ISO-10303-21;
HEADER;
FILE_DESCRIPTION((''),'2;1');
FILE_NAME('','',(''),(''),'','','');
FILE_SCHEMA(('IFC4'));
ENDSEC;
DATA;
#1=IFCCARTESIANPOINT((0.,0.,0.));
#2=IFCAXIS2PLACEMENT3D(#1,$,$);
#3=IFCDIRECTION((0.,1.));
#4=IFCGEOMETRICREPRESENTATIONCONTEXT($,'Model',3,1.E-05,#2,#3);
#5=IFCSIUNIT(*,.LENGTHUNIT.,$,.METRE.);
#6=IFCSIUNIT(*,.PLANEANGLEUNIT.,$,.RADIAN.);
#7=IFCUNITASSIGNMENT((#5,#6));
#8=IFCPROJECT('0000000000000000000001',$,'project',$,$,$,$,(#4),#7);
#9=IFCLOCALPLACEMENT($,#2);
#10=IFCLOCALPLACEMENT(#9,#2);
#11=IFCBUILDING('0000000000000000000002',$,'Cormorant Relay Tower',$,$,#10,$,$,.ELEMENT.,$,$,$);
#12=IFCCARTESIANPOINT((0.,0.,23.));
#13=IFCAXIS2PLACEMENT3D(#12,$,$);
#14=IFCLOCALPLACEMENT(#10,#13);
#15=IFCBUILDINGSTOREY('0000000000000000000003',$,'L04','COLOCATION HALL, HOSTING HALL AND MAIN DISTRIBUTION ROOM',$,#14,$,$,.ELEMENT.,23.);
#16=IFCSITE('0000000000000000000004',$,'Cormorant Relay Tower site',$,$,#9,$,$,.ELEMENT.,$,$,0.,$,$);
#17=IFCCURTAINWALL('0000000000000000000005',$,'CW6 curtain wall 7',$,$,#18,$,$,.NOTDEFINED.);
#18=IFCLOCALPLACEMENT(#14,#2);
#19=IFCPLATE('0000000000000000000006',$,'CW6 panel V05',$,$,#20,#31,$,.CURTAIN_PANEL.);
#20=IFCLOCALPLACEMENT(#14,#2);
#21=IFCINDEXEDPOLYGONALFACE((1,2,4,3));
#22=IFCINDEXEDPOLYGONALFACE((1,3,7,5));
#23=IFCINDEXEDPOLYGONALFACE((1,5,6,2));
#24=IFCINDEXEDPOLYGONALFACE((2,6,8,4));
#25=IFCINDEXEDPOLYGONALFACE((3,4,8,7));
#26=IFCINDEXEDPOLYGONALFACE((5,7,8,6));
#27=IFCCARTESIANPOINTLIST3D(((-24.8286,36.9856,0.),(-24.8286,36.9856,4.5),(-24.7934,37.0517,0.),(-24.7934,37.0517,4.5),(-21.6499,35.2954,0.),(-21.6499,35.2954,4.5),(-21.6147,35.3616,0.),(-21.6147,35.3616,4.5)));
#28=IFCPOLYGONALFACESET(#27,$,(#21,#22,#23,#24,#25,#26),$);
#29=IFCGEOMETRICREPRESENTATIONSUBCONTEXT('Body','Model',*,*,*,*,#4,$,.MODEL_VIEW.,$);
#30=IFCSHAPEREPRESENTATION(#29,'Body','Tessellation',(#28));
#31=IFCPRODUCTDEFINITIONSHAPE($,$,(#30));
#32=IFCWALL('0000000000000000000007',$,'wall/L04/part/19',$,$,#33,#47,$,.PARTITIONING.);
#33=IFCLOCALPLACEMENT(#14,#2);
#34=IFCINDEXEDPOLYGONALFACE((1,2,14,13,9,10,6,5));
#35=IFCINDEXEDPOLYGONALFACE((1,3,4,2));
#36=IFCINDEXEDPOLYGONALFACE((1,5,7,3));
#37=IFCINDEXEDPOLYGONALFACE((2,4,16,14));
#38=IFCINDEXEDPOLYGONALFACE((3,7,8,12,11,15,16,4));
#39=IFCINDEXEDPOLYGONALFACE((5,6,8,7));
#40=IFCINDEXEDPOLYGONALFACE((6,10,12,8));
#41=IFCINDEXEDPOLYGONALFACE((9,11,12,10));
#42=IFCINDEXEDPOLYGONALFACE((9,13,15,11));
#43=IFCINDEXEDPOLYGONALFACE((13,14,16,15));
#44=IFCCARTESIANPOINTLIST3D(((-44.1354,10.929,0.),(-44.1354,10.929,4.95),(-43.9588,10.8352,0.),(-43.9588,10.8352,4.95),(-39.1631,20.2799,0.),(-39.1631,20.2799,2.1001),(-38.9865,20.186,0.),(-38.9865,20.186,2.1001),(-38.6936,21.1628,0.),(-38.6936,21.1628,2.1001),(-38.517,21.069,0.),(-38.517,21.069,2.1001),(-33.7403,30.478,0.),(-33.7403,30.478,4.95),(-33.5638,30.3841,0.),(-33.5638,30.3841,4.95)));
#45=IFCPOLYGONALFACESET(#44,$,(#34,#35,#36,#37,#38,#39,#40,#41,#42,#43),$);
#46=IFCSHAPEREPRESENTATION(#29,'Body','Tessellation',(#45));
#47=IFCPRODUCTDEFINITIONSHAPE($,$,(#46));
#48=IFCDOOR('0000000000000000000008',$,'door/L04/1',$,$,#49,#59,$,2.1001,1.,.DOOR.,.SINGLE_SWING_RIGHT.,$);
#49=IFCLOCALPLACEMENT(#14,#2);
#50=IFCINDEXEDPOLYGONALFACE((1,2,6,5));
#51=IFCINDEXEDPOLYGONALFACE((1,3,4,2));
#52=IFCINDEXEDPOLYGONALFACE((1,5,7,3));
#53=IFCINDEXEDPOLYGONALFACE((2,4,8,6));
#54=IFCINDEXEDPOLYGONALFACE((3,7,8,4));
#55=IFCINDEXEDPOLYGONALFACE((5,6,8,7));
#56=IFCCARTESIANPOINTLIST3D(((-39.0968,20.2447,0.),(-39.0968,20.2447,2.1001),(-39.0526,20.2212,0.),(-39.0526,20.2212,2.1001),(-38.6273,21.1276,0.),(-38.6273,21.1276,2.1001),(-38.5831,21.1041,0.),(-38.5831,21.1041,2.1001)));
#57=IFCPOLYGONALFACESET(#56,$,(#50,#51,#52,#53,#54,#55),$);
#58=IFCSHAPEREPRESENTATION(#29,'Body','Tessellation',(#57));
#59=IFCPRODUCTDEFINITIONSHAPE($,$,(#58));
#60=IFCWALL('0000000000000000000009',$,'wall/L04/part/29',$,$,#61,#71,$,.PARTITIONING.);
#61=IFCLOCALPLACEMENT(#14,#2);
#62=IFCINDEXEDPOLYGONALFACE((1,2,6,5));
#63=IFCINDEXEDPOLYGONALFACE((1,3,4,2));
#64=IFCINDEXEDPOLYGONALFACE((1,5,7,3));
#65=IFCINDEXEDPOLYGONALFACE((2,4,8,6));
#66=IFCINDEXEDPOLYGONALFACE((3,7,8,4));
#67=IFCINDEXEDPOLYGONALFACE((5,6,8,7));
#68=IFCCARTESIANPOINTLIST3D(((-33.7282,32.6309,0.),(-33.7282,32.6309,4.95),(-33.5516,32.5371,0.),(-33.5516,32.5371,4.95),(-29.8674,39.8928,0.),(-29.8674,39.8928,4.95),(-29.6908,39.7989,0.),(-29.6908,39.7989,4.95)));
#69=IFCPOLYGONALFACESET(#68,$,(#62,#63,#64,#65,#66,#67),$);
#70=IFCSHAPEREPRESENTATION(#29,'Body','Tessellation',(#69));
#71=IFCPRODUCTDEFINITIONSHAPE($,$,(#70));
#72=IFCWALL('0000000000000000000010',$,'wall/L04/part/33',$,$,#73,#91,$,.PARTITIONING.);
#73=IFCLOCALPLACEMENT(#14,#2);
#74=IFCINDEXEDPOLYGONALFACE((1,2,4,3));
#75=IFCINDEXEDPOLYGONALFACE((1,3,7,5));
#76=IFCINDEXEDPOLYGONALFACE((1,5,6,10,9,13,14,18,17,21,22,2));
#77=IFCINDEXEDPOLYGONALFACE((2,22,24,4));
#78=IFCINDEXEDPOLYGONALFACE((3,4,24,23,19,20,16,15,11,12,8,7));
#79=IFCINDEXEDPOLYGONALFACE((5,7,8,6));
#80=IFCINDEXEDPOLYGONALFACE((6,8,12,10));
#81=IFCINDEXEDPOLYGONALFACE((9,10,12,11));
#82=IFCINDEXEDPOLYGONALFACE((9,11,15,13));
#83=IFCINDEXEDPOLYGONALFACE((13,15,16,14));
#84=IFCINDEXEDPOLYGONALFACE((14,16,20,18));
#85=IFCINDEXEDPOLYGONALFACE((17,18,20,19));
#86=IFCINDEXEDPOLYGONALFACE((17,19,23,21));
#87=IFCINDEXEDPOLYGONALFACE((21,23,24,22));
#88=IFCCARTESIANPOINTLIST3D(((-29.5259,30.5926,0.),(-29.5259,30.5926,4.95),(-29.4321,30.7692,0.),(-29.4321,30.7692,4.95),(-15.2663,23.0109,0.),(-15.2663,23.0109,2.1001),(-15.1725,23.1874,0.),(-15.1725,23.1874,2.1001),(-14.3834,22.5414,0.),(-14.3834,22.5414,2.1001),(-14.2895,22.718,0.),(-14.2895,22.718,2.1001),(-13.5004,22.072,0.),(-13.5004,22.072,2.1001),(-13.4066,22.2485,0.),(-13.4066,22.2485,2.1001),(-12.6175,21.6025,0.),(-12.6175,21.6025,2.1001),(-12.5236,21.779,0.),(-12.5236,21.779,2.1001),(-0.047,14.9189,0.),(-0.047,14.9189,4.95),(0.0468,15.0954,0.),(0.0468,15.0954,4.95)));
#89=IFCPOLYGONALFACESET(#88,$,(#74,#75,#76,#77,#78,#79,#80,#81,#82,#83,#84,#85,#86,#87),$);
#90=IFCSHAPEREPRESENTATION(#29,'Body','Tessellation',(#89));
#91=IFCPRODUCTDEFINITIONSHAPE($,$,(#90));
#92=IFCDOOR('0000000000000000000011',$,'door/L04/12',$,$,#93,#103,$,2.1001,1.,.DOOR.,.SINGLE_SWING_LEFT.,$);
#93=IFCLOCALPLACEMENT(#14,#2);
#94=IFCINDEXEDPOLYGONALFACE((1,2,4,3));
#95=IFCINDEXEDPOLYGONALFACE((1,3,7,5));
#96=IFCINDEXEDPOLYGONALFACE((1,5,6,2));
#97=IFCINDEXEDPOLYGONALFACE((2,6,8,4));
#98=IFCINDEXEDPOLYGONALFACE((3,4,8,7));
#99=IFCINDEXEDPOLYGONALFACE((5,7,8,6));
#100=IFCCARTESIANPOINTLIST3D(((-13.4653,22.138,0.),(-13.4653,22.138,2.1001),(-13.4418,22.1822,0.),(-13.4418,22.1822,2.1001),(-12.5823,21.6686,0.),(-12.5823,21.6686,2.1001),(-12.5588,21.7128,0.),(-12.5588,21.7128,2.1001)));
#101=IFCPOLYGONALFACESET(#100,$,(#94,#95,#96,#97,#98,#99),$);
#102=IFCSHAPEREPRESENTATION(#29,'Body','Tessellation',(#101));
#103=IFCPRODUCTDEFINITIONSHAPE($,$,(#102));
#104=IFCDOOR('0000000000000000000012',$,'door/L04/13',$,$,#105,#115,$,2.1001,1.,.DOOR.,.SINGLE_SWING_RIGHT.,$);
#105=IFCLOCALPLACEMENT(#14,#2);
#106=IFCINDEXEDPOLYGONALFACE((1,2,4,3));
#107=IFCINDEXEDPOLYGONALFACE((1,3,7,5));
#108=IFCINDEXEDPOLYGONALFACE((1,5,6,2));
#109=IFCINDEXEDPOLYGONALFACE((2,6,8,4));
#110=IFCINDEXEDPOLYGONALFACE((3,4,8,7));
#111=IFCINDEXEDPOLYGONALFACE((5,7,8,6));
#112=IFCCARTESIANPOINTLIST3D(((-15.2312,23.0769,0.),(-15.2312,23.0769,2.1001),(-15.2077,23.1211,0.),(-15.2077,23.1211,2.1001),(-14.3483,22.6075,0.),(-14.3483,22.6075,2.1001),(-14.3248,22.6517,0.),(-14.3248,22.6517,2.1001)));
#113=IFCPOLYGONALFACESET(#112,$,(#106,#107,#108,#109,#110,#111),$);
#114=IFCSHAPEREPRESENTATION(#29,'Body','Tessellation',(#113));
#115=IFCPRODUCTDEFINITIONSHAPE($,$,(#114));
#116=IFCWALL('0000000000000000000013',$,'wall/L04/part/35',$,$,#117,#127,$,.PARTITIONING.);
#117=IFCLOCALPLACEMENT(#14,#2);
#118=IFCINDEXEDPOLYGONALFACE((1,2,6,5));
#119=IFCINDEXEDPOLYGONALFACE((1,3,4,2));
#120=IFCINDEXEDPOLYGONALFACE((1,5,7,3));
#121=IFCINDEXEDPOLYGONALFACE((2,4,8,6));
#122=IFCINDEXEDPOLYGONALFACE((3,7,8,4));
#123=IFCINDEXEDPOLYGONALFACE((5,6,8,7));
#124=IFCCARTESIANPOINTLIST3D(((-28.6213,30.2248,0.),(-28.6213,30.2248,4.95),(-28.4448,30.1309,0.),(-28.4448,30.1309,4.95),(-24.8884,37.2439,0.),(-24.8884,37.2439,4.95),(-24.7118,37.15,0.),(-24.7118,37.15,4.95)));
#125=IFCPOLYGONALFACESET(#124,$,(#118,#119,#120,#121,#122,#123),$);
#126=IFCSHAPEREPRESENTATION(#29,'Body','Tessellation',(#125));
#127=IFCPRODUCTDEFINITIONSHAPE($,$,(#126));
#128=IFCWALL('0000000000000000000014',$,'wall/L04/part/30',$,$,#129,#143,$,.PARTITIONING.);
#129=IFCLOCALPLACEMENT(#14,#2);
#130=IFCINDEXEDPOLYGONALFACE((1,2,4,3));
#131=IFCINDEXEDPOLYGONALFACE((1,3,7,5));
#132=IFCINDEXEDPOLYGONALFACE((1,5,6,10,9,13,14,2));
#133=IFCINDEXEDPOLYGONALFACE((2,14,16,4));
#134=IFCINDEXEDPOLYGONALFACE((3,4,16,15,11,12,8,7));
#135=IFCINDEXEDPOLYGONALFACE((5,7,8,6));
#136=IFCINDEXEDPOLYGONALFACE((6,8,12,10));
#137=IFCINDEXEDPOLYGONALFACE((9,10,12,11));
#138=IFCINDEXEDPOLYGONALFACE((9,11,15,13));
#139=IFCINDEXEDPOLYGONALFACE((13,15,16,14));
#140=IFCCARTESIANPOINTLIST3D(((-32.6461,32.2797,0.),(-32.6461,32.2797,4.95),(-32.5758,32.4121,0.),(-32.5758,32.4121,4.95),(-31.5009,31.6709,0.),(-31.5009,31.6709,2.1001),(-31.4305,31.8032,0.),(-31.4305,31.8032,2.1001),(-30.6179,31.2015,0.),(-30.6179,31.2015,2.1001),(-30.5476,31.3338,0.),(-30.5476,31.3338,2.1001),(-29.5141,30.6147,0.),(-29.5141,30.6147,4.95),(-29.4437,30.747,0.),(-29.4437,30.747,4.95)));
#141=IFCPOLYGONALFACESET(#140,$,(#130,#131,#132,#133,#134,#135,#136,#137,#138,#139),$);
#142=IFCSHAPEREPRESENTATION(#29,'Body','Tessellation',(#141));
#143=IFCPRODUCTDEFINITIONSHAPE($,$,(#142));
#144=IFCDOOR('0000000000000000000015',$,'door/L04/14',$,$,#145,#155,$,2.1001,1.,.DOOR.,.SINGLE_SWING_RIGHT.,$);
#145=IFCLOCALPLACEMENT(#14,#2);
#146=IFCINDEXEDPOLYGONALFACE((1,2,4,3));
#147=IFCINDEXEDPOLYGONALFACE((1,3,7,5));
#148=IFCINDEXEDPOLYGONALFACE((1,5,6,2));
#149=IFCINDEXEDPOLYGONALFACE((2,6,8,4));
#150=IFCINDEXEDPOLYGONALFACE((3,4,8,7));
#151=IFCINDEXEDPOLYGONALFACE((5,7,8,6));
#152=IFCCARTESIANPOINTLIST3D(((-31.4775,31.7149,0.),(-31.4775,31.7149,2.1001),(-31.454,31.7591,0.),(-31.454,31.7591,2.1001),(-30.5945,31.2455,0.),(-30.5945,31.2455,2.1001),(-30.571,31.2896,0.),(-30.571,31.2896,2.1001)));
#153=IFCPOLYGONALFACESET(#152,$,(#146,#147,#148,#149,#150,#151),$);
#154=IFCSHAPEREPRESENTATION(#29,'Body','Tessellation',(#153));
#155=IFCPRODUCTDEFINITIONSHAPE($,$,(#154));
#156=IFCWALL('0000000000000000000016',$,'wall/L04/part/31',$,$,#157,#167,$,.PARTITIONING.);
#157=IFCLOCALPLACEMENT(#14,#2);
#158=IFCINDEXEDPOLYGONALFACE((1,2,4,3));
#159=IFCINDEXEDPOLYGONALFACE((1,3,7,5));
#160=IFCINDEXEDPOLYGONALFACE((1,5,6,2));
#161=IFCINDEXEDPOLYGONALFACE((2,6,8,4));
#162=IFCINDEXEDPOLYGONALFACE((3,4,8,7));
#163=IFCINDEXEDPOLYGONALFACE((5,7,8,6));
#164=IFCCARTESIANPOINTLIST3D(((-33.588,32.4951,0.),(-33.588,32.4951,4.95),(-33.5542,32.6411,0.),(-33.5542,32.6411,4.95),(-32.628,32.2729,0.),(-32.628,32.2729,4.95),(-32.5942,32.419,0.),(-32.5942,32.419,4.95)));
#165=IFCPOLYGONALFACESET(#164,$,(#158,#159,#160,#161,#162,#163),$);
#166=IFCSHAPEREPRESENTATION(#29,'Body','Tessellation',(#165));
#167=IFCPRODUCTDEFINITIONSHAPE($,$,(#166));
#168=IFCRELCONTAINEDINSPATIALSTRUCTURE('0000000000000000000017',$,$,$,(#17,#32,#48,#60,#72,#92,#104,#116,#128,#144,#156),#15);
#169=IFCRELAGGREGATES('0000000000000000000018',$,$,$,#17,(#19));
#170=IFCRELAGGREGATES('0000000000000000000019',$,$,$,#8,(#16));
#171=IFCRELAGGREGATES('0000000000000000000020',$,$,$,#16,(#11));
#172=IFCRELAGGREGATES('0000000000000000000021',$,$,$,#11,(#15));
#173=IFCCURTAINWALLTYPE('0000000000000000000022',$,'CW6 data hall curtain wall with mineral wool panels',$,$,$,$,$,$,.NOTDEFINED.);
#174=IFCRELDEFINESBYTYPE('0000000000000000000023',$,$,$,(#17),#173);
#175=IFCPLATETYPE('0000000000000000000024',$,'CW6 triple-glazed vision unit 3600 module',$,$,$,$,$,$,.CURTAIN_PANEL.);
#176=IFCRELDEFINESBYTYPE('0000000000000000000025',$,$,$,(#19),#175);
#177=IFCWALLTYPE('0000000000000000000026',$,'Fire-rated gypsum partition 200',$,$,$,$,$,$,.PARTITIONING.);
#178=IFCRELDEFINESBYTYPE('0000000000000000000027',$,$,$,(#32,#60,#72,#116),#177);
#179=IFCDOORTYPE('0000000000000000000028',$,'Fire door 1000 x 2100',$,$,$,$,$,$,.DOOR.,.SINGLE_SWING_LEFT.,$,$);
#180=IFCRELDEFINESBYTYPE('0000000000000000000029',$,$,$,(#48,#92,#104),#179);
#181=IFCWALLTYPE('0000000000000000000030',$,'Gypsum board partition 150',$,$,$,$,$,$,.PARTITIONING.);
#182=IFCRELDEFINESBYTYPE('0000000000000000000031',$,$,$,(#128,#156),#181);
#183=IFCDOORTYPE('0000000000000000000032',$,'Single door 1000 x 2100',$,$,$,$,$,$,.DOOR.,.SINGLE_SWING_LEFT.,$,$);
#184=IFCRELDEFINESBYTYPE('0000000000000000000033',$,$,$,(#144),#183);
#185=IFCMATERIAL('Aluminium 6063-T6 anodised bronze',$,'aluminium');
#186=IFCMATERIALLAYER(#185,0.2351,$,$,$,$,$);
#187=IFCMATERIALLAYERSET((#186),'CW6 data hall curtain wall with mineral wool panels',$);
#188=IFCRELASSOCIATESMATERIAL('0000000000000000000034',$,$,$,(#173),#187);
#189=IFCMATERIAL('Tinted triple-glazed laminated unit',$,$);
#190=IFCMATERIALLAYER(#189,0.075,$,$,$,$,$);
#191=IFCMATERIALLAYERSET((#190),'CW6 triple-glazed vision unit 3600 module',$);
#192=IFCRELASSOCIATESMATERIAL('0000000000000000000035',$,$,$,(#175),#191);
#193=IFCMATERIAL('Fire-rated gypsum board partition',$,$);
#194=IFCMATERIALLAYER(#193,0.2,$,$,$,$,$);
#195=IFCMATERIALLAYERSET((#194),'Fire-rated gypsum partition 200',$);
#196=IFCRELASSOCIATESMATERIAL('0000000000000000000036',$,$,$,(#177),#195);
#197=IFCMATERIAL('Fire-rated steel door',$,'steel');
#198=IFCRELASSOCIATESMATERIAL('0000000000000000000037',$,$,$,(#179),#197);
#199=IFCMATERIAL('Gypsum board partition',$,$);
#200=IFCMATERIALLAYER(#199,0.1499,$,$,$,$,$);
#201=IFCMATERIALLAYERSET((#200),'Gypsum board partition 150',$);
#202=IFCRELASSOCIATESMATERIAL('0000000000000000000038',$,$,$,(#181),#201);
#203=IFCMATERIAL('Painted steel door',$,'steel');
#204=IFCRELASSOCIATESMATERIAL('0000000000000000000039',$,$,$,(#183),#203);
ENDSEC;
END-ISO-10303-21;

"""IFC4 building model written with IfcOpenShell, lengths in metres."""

from ifc_helpers import new_model, si_unit, direction, frame, frame_2d, origin, origin_2d, place, context, subcontext, project, spatial, rectangle, extrude, material, layer, layer_set, type_object, element, fill, aggregate, save


model = new_model("IFC4")

# Units and contexts
model_context = context("Model", 3, precision=1e-05, world=origin(), true_north=direction((0.0, 1.0)))
body_context = subcontext(model_context, "Body", "Model", "MODEL_VIEW")
ifc_project = project(units=[si_unit("LENGTHUNIT", "METRE"), si_unit("PLANEANGLEUNIT", "RADIAN")], contexts=[model_context])

# Site, building, storey
site_placement = place(None, origin())
site = spatial("IfcSite", under=ifc_project, at=site_placement, Name="Cormorant Relay Tower site", CompositionType="ELEMENT", RefElevation=0.0)
building_placement = place(site_placement, origin())
building = spatial("IfcBuilding", under=site, at=building_placement, Name="Cormorant Relay Tower", CompositionType="ELEMENT")
storey_placement = place(building_placement, frame((0.0, 0.0, 23.0)))
storey = spatial("IfcBuildingStorey", under=building, at=storey_placement, Name="L04", Description="COLOCATION HALL, HOSTING HALL AND MAIN DISTRIBUTION ROOM", CompositionType="ELEMENT", Elevation=23.0)

# Curtain wall
ifc_material_1 = material(Name="Aluminium 6063-T6 anodised bronze", Category="aluminium")
ifc_layer_1 = layer(ifc_material_1, 0.2351)
ifc_layer_set_1 = layer_set([ifc_layer_1], Name="CW6 data hall curtain wall with mineral wool panels")
curtain_wall_type = type_object("IfcCurtainWallType", Name="CW6 data hall curtain wall with mineral wool panels", PredefinedType="NOTDEFINED", material=ifc_layer_set_1)
curtain_wall_1_placement = place(storey_placement, origin())
curtain_wall_1 = element("IfcCurtainWall", 1, at=curtain_wall_1_placement, inside=storey, type_object=curtain_wall_type, Name="CW6 curtain wall 7", PredefinedType="NOTDEFINED")

# Plate
ifc_material_2 = material(Name="Tinted triple-glazed laminated unit")
ifc_layer_2 = layer(ifc_material_2, 0.075)
ifc_layer_set_2 = layer_set([ifc_layer_2], Name="CW6 triple-glazed vision unit 3600 module")
plate_type = type_object("IfcPlateType", Name="CW6 triple-glazed vision unit 3600 module", PredefinedType="CURTAIN_PANEL", material=ifc_layer_set_2)
plate_placement = place(storey_placement, frame((-23.2217, 36.1736, 0.0), z_axis=(0.0, 0.0, 1.0), x_axis=(-0.882948, 0.469472, 0.0)))
plate = element("IfcPlate", 2, at=plate_placement, type_object=plate_type, Name="CW6 panel V05", PredefinedType="CURTAIN_PANEL", context=body_context, shape_type="SweptSolid", body=[
    extrude(rectangle(XDim=3.6001, YDim=0.075, at=origin_2d()), origin(), (0.0, 0.0, 1.0), 4.5),
])

# Wall, opening, door
ifc_material_3 = material(Name="Fire-rated gypsum board partition")
ifc_layer_3 = layer(ifc_material_3, 0.2)
ifc_layer_set_3 = layer_set([ifc_layer_3], Name="Fire-rated gypsum partition 200")
wall_type_1 = type_object("IfcWallType", Name="Fire-rated gypsum partition 200", PredefinedType="PARTITIONING", material=ifc_layer_set_3)
wall_1_placement = place(storey_placement, frame((-33.6521, 30.4309, 0.0), z_axis=(0.0, 0.0, 1.0), x_axis=(-0.469497, -0.882934, 0.0)))
wall_1 = element("IfcWall", 3, at=wall_1_placement, inside=storey, type_object=wall_type_1, Name="wall/L04/part/19", PredefinedType="PARTITIONING", context=body_context, shape_type="SweptSolid", body=[
    extrude(rectangle(XDim=22.1409, YDim=0.2, at=frame_2d((11.0703, 0.0))), origin(), (0.0, 0.0, 1.0), 4.95),
])
opening_1_placement = place(wall_1_placement, frame((10.55, 0.0, 0.0)))
opening_1 = element("IfcOpeningElement", 4, at=opening_1_placement, cuts=wall_1, PredefinedType="OPENING", context=body_context, shape_type="SweptSolid", body=[
    extrude(rectangle(XDim=1.0, YDim=2.1001, at=frame_2d((0.5, 1.05))), frame((0.0, 0.1099, 0.0), z_axis=(0.0, -1.0, 0.0), x_axis=(1.0, 0.0, 0.0)), (0.0, 0.0, 1.0), 0.22),
])
ifc_material_4 = material(Name="Fire-rated steel door", Category="steel")
door_type_1 = type_object("IfcDoorType", Name="Fire door 1000 x 2100", OperationType="SINGLE_SWING_LEFT", PredefinedType="DOOR", material=ifc_material_4)
door_1_placement = place(opening_1_placement, frame((1.0, 0.0, 0.0), z_axis=(0.0, 0.0, 1.0), x_axis=(-1.0, 0.0, 0.0)))
door_1 = element("IfcDoor", 5, at=door_1_placement, inside=storey, type_object=door_type_1, Name="door/L04/1", OperationType="SINGLE_SWING_RIGHT", OverallHeight=2.1001, OverallWidth=1.0, PredefinedType="DOOR", context=body_context, shape_type="SweptSolid", body=[
    extrude(rectangle(XDim=1.0, YDim=2.1001, at=frame_2d((0.5, 1.05))), frame((0.0, 0.0249, 0.0), z_axis=(0.0, -1.0, 0.0), x_axis=(1.0, 0.0, 0.0)), (0.0, 0.0, 1.0), 0.05),
])
fill(opening_1, door_1)

# Wall
wall_2_placement = place(storey_placement, frame((-29.7791, 39.8459, 0.0), z_axis=(0.0, 0.0, 1.0), x_axis=(-0.469432, -0.882968, 0.0)))
element("IfcWall", 6, at=wall_2_placement, inside=storey, type_object=wall_type_1, Name="wall/L04/part/29", PredefinedType="PARTITIONING", context=body_context, shape_type="SweptSolid", body=[
    extrude(rectangle(XDim=8.2244, YDim=0.2, at=frame_2d((4.1123, 0.0))), origin(), (0.0, 0.0, 1.0), 4.95),
])

# Wall, openings, doors
wall_3_placement = place(storey_placement, frame((-29.479, 30.6809, 0.0), z_axis=(0.0, 0.0, 1.0), x_axis=(0.882953, -0.469461, 0.0)))
wall_3 = element("IfcWall", 7, at=wall_3_placement, inside=storey, type_object=wall_type_1, Name="wall/L04/part/33", PredefinedType="PARTITIONING", context=body_context, shape_type="SweptSolid", body=[
    extrude(rectangle(XDim=33.3867, YDim=0.2, at=frame_2d((16.6934, 0.0))), origin(), (0.0, 0.0, 1.0), 4.95),
])
opening_2_placement = place(wall_3_placement, frame((18.1499, 0.0, 0.0)))
opening_2 = element("IfcOpeningElement", 8, at=opening_2_placement, cuts=wall_3, PredefinedType="OPENING", context=body_context, shape_type="SweptSolid", body=[
    extrude(rectangle(XDim=1.0, YDim=2.1001, at=frame_2d((0.5, 1.05))), frame((0.0, 0.1099, 0.0), z_axis=(0.0, -1.0, 0.0), x_axis=(1.0, 0.0, 0.0)), (0.0, 0.0, 1.0), 0.22),
])
opening_3_placement = place(wall_3_placement, frame((16.1499, 0.0, 0.0)))
opening_3 = element("IfcOpeningElement", 9, at=opening_3_placement, cuts=wall_3, PredefinedType="OPENING", context=body_context, shape_type="SweptSolid", body=[
    extrude(rectangle(XDim=1.0, YDim=2.1001, at=frame_2d((0.5, 1.05))), frame((0.0, 0.1099, 0.0), z_axis=(0.0, -1.0, 0.0), x_axis=(1.0, 0.0, 0.0)), (0.0, 0.0, 1.0), 0.22),
])
door_2_placement = place(opening_2_placement, origin())
door_2 = element("IfcDoor", 10, at=door_2_placement, inside=storey, type_object=door_type_1, Name="door/L04/12", OperationType="SINGLE_SWING_LEFT", OverallHeight=2.1001, OverallWidth=1.0, PredefinedType="DOOR", context=body_context, shape_type="SweptSolid", body=[
    extrude(rectangle(XDim=1.0, YDim=2.1001, at=frame_2d((0.5, 1.05))), frame((0.0, 0.0249, 0.0), z_axis=(0.0, -1.0, 0.0), x_axis=(1.0, 0.0, 0.0)), (0.0, 0.0, 1.0), 0.05),
])
fill(opening_2, door_2)
door_3_placement = place(opening_3_placement, origin())
door_3 = element("IfcDoor", 11, at=door_3_placement, inside=storey, type_object=door_type_1, Name="door/L04/13", OperationType="SINGLE_SWING_RIGHT", OverallHeight=2.1001, OverallWidth=1.0, PredefinedType="DOOR", context=body_context, shape_type="SweptSolid", body=[
    extrude(rectangle(XDim=1.0, YDim=2.1001, at=frame_2d((0.5, 1.05))), frame((0.0, 0.0249, 0.0), z_axis=(0.0, -1.0, 0.0), x_axis=(1.0, 0.0, 0.0)), (0.0, 0.0, 1.0), 0.05),
])
fill(opening_3, door_3)

# Wall
wall_4_placement = place(storey_placement, frame((-24.8, 37.197, 0.0), z_axis=(0.0, 0.0, 1.0), x_axis=(-0.469552, -0.882905, 0.0)))
element("IfcWall", 12, at=wall_4_placement, inside=storey, type_object=wall_type_1, Name="wall/L04/part/35", PredefinedType="PARTITIONING", context=body_context, shape_type="SweptSolid", body=[
    extrude(rectangle(XDim=7.95, YDim=0.2, at=frame_2d((3.9751, 0.0))), origin(), (0.0, 0.0, 1.0), 4.95),
])

# Wall, opening, door
ifc_material_5 = material(Name="Gypsum board partition")
ifc_layer_4 = layer(ifc_material_5, 0.1499)
ifc_layer_set_4 = layer_set([ifc_layer_4], Name="Gypsum board partition 150")
wall_type_2 = type_object("IfcWallType", Name="Gypsum board partition 150", PredefinedType="PARTITIONING", material=ifc_layer_set_4)
wall_5_placement = place(storey_placement, frame((-29.479, 30.6809, 0.0), z_axis=(0.0, 0.0, 1.0), x_axis=(-0.882985, 0.469402, 0.0)))
wall_5 = element("IfcWall", 13, at=wall_5_placement, inside=storey, type_object=wall_type_2, Name="wall/L04/part/30", PredefinedType="PARTITIONING", context=body_context, shape_type="SweptSolid", body=[
    extrude(rectangle(XDim=3.5471, YDim=0.1499, at=frame_2d((1.7734, 0.0))), origin(), (0.0, 0.0, 1.0), 4.95),
])
opening_4_placement = place(wall_5_placement, frame((1.25, 0.0, 0.0)))
opening_4 = element("IfcOpeningElement", 14, at=opening_4_placement, cuts=wall_5, PredefinedType="OPENING", context=body_context, shape_type="SweptSolid", body=[
    extrude(rectangle(XDim=1.0, YDim=2.1001, at=frame_2d((0.5, 1.05))), frame((0.0, 0.085, 0.0), z_axis=(0.0, -1.0, 0.0), x_axis=(1.0, 0.0, 0.0)), (0.0, 0.0, 1.0), 0.1699),
])
ifc_material_6 = material(Name="Painted steel door", Category="steel")
door_type_2 = type_object("IfcDoorType", Name="Single door 1000 x 2100", OperationType="SINGLE_SWING_LEFT", PredefinedType="DOOR", material=ifc_material_6)
door_4_placement = place(opening_4_placement, frame((1.0, 0.0, 0.0), z_axis=(0.0, 0.0, 1.0), x_axis=(-1.0, 0.0, 0.0)))
door_4 = element("IfcDoor", 15, at=door_4_placement, inside=storey, type_object=door_type_2, Name="door/L04/14", OperationType="SINGLE_SWING_RIGHT", OverallHeight=2.1001, OverallWidth=1.0, PredefinedType="DOOR", context=body_context, shape_type="SweptSolid", body=[
    extrude(rectangle(XDim=1.0, YDim=2.1001, at=frame_2d((0.5, 1.05))), frame((0.0, 0.0249, 0.0), z_axis=(0.0, -1.0, 0.0), x_axis=(1.0, 0.0, 0.0)), (0.0, 0.0, 1.0), 0.05),
])
fill(opening_4, door_4)

# Wall
wall_6_placement = place(storey_placement, frame((-32.6111, 32.3459, 0.0), z_axis=(0.0, 0.0, 1.0), x_axis=(-0.974249, 0.225475, 0.0)))
element("IfcWall", 16, at=wall_6_placement, inside=storey, type_object=wall_type_2, Name="wall/L04/part/31", PredefinedType="PARTITIONING", context=body_context, shape_type="SweptSolid", body=[
    extrude(rectangle(XDim=0.9854, YDim=0.1499, at=frame_2d((0.4927, 0.0))), origin(), (0.0, 0.0, 1.0), 4.95),
])

aggregate(curtain_wall_1, [plate])

save(model, "model.ifc")
